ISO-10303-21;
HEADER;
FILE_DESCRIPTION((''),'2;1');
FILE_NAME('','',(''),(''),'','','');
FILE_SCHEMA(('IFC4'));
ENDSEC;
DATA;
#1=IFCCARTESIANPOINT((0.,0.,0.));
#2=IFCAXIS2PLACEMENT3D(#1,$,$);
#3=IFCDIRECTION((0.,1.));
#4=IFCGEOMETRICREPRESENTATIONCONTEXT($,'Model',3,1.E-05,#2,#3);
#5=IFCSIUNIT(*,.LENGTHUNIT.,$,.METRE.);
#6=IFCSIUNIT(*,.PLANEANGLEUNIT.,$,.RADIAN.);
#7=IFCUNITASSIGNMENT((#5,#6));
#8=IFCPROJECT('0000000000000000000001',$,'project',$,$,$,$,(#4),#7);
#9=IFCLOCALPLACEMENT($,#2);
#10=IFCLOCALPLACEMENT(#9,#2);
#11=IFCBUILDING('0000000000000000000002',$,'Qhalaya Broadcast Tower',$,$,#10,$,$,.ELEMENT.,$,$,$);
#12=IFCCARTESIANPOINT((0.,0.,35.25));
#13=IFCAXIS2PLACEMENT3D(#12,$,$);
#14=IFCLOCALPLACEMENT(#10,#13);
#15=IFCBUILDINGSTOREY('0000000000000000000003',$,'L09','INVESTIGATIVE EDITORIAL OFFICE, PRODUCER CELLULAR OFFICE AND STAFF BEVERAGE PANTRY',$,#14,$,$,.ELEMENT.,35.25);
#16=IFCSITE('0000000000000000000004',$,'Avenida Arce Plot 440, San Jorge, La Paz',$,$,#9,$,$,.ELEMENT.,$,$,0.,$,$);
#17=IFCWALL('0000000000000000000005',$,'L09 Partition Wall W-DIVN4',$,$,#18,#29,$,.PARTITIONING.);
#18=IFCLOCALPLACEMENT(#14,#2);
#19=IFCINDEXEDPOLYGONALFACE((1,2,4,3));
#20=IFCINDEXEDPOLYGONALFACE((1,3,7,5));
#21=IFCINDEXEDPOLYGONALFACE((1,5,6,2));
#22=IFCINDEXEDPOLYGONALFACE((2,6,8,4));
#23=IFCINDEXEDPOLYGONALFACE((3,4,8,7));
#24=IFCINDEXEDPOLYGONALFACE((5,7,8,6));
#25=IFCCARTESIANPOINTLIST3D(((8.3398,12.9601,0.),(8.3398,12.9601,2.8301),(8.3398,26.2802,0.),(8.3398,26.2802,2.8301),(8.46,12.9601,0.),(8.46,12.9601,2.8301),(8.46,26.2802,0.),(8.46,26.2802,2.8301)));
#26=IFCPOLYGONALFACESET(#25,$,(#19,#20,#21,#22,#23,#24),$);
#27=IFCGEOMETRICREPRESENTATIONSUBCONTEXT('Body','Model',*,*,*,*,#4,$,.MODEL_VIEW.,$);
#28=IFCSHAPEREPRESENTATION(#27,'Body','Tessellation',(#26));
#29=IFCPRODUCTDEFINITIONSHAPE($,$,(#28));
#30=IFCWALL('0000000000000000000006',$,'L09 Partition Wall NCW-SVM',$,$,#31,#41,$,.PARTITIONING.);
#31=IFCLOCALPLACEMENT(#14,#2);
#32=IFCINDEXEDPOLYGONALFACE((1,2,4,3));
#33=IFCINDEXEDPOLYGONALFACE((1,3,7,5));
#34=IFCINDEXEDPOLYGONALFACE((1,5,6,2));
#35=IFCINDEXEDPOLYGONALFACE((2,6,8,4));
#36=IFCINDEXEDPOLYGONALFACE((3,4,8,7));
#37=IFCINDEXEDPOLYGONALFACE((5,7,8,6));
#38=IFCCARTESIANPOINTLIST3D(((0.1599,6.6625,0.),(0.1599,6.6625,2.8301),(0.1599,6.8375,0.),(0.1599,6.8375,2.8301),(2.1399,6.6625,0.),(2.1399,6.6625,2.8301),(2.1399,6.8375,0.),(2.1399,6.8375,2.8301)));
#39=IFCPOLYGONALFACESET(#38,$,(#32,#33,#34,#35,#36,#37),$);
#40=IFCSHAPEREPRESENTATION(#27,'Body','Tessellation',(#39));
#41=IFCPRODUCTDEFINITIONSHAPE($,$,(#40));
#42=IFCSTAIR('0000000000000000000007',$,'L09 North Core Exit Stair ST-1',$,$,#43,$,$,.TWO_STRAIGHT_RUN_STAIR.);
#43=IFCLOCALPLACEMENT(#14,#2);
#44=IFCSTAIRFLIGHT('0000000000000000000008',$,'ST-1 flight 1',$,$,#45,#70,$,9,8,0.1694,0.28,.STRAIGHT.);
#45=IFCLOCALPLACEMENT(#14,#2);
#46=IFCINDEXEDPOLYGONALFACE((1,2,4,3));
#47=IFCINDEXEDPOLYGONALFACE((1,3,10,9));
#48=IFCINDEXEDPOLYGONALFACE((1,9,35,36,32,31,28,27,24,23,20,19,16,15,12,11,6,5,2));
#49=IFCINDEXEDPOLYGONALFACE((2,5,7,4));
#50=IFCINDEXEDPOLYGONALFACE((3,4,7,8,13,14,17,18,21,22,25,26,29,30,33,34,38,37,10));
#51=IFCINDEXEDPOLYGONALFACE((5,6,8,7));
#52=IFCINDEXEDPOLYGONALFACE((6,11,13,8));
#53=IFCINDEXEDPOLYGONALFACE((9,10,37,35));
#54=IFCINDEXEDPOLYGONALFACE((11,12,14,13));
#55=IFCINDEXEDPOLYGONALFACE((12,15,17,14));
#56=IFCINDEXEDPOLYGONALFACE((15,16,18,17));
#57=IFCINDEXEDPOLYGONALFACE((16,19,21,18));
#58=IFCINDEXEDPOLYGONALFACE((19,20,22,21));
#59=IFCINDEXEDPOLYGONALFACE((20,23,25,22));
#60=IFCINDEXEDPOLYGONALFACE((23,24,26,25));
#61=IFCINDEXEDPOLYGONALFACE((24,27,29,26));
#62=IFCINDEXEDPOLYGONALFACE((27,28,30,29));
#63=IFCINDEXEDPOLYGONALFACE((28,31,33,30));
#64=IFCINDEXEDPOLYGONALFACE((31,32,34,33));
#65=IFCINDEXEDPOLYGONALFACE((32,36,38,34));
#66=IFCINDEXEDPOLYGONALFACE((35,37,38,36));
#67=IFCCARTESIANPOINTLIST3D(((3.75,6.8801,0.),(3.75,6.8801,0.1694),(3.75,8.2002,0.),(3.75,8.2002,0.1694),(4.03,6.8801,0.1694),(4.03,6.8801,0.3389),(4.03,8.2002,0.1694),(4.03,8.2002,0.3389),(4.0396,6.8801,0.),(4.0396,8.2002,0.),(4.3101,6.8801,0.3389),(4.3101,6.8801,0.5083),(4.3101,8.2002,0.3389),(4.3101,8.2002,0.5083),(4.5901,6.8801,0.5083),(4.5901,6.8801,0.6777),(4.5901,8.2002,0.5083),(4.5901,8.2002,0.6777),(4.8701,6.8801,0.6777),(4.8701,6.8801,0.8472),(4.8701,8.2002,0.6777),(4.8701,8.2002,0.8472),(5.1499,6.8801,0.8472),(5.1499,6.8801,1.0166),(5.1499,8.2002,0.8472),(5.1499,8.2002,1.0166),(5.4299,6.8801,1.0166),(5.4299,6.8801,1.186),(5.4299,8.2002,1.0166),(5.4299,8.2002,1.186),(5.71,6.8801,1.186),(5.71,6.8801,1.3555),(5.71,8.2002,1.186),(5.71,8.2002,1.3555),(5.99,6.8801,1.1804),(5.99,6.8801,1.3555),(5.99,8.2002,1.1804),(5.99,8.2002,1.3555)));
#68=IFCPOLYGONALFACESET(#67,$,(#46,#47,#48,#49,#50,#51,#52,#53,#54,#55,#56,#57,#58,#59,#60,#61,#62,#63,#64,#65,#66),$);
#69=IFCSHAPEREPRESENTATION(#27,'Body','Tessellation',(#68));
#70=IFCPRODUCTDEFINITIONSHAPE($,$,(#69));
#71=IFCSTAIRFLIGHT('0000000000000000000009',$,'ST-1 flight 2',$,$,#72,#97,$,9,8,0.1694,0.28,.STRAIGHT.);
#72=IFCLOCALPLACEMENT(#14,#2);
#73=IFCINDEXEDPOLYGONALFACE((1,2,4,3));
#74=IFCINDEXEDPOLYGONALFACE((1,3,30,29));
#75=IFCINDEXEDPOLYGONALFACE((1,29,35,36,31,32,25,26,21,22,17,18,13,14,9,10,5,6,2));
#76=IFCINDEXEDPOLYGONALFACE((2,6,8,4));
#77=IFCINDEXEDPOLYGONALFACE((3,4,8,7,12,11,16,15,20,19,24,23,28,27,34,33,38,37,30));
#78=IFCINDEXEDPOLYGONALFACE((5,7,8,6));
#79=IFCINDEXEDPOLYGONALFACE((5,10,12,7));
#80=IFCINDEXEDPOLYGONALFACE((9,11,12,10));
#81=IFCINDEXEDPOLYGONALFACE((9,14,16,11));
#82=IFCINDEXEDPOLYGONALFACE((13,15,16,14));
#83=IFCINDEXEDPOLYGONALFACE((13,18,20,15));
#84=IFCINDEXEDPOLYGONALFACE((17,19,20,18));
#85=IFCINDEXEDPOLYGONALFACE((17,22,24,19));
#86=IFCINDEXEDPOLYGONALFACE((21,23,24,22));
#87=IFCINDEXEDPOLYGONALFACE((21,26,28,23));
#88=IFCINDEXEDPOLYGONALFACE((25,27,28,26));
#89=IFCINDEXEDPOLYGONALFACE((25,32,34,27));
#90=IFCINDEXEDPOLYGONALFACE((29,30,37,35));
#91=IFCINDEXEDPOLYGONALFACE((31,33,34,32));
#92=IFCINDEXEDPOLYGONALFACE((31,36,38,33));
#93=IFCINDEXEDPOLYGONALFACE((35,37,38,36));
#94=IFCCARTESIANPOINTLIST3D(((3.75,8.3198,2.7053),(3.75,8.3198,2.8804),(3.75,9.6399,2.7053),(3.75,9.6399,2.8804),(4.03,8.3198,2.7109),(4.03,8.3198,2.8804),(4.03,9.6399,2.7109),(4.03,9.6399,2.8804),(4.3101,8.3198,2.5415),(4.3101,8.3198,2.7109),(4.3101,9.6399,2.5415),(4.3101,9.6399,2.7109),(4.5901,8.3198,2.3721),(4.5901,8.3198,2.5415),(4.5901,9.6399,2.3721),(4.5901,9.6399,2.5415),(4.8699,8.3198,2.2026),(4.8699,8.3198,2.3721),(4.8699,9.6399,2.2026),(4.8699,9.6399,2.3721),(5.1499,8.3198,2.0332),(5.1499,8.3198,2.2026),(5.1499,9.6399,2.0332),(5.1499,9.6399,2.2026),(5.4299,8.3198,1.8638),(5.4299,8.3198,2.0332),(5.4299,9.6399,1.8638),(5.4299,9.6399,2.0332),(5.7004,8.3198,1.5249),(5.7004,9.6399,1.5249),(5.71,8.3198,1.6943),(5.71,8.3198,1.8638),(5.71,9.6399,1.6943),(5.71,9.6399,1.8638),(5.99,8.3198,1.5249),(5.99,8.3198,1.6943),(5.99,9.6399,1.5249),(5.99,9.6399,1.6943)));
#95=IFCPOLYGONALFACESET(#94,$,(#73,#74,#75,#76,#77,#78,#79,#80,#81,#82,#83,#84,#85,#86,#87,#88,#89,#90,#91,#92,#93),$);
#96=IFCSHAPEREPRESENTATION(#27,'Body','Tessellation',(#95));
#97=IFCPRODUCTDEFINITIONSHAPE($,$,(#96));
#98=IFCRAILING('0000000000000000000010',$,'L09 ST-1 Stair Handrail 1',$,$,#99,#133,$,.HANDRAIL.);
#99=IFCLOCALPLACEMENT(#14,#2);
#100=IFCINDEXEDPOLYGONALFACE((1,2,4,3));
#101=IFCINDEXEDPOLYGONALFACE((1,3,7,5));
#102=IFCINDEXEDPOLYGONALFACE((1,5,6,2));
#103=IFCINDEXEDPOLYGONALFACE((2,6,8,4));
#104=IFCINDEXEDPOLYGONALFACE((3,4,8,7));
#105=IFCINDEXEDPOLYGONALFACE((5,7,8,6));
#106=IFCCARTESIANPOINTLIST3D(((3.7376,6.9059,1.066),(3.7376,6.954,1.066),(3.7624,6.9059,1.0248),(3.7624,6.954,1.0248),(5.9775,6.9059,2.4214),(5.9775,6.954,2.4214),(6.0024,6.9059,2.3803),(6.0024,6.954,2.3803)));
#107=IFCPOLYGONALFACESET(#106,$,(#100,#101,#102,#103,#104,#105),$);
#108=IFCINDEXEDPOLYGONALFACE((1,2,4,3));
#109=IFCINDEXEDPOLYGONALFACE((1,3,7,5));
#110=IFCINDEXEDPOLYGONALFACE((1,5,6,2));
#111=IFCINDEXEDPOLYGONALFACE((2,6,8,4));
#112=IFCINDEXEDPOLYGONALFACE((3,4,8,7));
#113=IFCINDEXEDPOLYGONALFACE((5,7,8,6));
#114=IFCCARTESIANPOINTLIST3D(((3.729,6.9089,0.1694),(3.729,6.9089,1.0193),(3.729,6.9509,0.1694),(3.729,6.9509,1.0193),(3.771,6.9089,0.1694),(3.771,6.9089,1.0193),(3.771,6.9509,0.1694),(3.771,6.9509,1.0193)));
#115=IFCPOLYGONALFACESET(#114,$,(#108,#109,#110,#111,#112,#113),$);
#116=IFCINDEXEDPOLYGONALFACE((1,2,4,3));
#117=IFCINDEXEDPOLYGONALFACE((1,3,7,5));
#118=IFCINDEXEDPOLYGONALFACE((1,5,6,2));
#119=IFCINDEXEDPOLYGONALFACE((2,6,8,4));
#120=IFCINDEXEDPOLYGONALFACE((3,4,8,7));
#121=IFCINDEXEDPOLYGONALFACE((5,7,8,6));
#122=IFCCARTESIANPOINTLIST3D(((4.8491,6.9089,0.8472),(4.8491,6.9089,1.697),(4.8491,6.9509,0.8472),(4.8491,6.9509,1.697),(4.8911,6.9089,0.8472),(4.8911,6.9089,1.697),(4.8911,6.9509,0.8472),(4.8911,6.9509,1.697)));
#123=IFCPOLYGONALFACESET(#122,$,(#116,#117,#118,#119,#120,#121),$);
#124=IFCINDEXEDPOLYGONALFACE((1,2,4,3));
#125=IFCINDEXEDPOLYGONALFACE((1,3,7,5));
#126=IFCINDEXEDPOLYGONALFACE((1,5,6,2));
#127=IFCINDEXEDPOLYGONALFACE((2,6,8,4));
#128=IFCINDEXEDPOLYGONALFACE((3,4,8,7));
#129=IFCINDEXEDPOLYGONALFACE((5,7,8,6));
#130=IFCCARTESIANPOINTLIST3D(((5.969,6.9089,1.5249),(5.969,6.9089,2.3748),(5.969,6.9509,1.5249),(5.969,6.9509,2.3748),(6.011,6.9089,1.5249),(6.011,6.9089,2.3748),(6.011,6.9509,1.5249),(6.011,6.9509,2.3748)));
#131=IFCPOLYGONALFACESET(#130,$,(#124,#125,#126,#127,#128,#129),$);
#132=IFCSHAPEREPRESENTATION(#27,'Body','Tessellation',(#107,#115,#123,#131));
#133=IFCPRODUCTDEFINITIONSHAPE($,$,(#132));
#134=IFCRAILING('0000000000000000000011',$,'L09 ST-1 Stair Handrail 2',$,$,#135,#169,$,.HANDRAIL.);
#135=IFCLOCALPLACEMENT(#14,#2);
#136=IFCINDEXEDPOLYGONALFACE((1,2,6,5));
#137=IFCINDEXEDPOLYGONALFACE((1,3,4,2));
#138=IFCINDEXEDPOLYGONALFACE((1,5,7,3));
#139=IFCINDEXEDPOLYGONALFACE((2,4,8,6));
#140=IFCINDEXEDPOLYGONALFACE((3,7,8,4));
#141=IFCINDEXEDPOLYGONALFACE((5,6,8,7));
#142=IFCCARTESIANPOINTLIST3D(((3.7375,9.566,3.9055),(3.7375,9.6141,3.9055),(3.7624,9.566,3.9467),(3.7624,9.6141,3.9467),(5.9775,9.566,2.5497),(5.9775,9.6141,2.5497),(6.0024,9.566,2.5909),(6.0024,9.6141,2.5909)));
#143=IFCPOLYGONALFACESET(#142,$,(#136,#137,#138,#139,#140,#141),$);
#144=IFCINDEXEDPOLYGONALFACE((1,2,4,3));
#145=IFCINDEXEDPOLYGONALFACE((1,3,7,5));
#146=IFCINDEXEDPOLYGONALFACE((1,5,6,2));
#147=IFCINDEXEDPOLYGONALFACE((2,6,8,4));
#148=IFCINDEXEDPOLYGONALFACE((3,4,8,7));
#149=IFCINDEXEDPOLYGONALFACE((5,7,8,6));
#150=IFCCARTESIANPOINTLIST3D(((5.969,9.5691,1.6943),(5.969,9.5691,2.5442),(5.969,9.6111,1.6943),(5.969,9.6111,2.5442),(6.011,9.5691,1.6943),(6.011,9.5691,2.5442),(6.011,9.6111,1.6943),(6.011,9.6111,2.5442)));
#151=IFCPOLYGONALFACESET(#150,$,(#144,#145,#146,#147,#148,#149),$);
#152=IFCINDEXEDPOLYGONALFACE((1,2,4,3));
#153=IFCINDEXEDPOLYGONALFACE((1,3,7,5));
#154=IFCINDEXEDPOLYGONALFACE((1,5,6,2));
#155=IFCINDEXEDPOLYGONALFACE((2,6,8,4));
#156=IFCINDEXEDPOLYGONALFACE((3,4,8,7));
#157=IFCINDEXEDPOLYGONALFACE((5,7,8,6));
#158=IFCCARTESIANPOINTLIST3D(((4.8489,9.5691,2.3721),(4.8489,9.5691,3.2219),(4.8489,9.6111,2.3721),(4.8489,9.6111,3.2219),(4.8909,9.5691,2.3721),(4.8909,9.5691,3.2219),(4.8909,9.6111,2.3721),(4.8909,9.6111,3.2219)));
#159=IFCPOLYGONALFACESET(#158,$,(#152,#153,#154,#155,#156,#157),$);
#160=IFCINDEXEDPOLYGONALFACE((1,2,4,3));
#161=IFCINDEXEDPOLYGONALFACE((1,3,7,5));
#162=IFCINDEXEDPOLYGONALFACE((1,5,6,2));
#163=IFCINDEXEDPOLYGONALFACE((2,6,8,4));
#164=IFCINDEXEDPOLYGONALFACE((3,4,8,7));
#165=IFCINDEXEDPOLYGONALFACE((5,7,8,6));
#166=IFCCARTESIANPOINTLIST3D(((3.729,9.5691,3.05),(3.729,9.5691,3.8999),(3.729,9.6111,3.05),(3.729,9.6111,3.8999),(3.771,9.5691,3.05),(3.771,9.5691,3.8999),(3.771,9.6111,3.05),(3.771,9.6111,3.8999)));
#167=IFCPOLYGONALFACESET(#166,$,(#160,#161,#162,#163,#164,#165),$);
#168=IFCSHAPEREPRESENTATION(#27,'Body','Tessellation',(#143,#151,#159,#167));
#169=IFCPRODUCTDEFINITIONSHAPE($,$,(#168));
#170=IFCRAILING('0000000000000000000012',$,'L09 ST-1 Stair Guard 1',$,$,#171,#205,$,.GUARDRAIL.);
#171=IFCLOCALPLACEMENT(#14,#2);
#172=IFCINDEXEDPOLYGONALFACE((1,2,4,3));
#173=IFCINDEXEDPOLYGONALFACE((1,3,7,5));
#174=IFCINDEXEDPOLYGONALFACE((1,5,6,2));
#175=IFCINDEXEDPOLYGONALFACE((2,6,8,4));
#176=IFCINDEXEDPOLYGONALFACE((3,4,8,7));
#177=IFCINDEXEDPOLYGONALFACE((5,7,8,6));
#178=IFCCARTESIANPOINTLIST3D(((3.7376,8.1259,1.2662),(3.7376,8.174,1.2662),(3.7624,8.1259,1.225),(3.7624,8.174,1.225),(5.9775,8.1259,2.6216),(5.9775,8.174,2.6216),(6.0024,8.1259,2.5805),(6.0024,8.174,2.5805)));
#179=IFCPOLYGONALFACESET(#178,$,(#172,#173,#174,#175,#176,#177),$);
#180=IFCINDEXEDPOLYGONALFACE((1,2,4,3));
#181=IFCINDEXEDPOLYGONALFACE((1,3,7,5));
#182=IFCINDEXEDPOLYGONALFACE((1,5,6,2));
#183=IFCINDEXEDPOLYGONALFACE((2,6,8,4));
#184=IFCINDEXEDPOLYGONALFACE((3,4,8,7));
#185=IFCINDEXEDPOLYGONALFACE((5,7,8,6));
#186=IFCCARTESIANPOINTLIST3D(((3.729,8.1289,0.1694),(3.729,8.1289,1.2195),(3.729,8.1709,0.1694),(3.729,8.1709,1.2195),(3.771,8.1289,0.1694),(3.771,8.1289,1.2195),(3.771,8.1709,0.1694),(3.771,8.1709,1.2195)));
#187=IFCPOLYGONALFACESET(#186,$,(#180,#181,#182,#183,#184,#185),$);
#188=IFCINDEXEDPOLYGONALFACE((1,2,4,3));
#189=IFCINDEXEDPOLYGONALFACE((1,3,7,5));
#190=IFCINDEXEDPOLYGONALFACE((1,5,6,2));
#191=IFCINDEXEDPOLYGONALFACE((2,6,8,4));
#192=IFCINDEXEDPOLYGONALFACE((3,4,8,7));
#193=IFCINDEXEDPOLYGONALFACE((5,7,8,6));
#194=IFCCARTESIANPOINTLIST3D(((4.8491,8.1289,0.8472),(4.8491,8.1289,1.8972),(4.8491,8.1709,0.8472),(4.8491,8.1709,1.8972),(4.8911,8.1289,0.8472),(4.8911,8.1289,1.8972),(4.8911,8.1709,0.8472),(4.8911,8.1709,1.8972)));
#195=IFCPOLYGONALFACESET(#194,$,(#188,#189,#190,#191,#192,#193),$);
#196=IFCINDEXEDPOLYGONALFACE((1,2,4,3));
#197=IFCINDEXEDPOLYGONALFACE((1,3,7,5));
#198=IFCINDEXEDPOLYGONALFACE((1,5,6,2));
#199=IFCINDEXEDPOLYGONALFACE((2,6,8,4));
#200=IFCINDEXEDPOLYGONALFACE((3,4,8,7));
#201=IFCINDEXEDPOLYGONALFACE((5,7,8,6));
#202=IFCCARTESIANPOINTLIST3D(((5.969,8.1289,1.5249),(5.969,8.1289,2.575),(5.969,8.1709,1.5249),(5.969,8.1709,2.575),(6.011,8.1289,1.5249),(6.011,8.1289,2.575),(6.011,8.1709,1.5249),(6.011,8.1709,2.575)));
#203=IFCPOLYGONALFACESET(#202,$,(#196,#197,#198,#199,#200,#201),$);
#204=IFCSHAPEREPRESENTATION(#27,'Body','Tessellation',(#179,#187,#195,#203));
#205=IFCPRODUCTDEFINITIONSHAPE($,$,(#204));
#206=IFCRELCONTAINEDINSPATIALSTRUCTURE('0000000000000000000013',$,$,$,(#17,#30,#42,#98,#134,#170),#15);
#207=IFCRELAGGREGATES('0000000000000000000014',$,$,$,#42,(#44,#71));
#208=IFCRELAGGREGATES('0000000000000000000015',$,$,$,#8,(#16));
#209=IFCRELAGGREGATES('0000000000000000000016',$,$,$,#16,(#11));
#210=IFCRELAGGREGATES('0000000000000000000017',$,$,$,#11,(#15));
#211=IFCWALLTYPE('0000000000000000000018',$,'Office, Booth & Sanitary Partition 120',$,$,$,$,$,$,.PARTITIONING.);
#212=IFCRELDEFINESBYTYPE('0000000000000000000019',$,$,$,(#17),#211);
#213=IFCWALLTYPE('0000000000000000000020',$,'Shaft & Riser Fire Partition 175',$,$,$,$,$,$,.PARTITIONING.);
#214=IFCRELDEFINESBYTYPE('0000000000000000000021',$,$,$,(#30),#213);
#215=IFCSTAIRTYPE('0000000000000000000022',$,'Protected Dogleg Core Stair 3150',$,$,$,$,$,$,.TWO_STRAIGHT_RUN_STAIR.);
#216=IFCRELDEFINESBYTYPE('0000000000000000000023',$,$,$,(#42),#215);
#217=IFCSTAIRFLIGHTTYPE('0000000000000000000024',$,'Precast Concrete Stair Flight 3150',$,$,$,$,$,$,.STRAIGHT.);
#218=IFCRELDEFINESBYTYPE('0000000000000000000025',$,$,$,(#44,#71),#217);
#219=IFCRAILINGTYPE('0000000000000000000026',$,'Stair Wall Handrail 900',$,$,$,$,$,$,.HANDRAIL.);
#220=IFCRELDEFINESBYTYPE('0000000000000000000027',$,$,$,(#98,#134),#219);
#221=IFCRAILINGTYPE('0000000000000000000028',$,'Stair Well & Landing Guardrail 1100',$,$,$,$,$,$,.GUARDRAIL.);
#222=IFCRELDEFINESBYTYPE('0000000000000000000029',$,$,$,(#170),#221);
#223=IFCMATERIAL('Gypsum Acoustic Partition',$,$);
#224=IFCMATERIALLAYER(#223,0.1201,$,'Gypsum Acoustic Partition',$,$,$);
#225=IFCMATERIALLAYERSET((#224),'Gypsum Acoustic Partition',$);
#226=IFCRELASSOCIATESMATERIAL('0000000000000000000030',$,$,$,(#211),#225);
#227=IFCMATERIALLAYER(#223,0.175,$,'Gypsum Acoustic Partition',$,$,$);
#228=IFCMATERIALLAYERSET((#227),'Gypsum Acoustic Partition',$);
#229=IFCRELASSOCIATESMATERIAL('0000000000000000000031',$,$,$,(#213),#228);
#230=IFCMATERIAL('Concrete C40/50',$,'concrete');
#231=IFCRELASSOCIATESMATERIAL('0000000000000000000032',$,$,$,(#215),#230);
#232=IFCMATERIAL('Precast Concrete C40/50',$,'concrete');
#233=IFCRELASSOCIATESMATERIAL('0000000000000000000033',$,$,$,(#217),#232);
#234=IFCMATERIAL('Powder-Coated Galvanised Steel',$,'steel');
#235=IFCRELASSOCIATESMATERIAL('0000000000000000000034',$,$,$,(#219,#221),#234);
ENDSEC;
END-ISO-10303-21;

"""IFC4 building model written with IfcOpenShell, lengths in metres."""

from ifc_helpers import new_model, si_unit, direction, frame, frame_2d, origin, origin_2d, place, context, subcontext, project, spatial, polyline, rectangle, outline, extrude, material, layer, layer_set, type_object, element, aggregate, save


model = new_model("IFC4")

# Units and contexts
model_context = context("Model", 3, precision=1e-05, world=origin(), true_north=direction((0.0, 1.0)))
body_context = subcontext(model_context, "Body", "Model", "MODEL_VIEW")
ifc_project = project(units=[si_unit("LENGTHUNIT", "METRE"), si_unit("PLANEANGLEUNIT", "RADIAN")], contexts=[model_context])

# Site, building, storey
site_placement = place(None, origin())
site = spatial("IfcSite", under=ifc_project, at=site_placement, Name="Avenida Arce Plot 440, San Jorge, La Paz", CompositionType="ELEMENT", RefElevation=0.0)
building_placement = place(site_placement, origin())
building = spatial("IfcBuilding", under=site, at=building_placement, Name="Qhalaya Broadcast Tower", CompositionType="ELEMENT")
storey_placement = place(building_placement, frame((0.0, 0.0, 35.25)))
storey = spatial("IfcBuildingStorey", under=building, at=storey_placement, Name="L09", Description="INVESTIGATIVE EDITORIAL OFFICE, PRODUCER CELLULAR OFFICE AND STAFF BEVERAGE PANTRY", CompositionType="ELEMENT", Elevation=35.25)

# Shared definitions
ifc_material_1 = material(Name="Gypsum Acoustic Partition")

# Shared definitions
ifc_material_2 = material(Name="Precast Concrete C40/50", Category="concrete")

# Wall
ifc_layer_1 = layer(ifc_material_1, 0.1201, Name="Gypsum Acoustic Partition")
ifc_layer_set_1 = layer_set([ifc_layer_1], Name="Gypsum Acoustic Partition")
wall_type_1 = type_object("IfcWallType", Name="Office, Booth & Sanitary Partition 120", PredefinedType="PARTITIONING", material=ifc_layer_set_1)
wall_1_placement = place(storey_placement, frame((8.3999, 12.96, 0.0), z_axis=(0.0, 0.0, 1.0), x_axis=(0.0, 1.0, 0.0)))
element("IfcWall", 1, at=wall_1_placement, inside=storey, type_object=wall_type_1, Name="L09 Partition Wall W-DIVN4", PredefinedType="PARTITIONING", context=body_context, shape_type="SweptSolid", body=[
    extrude(rectangle(XDim=13.3201, YDim=0.1201, at=frame_2d((6.6602, 0.0))), origin(), (0.0, 0.0, 1.0), 2.8301),
])

# Shared definitions
ifc_layer_2 = layer(ifc_material_1, 0.175, Name="Gypsum Acoustic Partition")
ifc_layer_set_2 = layer_set([ifc_layer_2], Name="Gypsum Acoustic Partition")
wall_type_2 = type_object("IfcWallType", Name="Shaft & Riser Fire Partition 175", PredefinedType="PARTITIONING", material=ifc_layer_set_2)

# Wall
wall_2_placement = place(storey_placement, frame((0.1599, 6.75, 0.0), z_axis=(0.0, 0.0, 1.0), x_axis=(1.0, 0.0, 0.0)))
element("IfcWall", 2, at=wall_2_placement, inside=storey, type_object=wall_type_2, Name="L09 Partition Wall NCW-SVM", PredefinedType="PARTITIONING", context=body_context, shape_type="SweptSolid", body=[
    extrude(rectangle(XDim=1.98, YDim=0.175, at=frame_2d((0.99, 0.0))), origin(), (0.0, 0.0, 1.0), 2.8301),
])

# Stair, stair flights
ifc_material_3 = material(Name="Concrete C40/50", Category="concrete")
stair_type = type_object("IfcStairType", Name="Protected Dogleg Core Stair 3150", PredefinedType="TWO_STRAIGHT_RUN_STAIR", material=ifc_material_3)
stair_placement = place(storey_placement, origin())
stair = element("IfcStair", 3, at=stair_placement, inside=storey, type_object=stair_type, Name="L09 North Core Exit Stair ST-1", PredefinedType="TWO_STRAIGHT_RUN_STAIR")
stair_flight_type = type_object("IfcStairFlightType", Name="Precast Concrete Stair Flight 3150", PredefinedType="STRAIGHT", material=ifc_material_2)
stair_flight_1_placement = place(storey_placement, frame((3.75, 7.54, 0.0), z_axis=(0.0, 0.0, 1.0), x_axis=(1.0, 0.0, 0.0)))
stair_flight_1 = element("IfcStairFlight", 4, at=stair_flight_1_placement, type_object=stair_flight_type, Name="ST-1 flight 1", NumberOfRisers=9, NumberOfTreads=8, PredefinedType="STRAIGHT", RiserHeight=0.1694, TreadLength=0.28, context=body_context, shape_type="SweptSolid", body=[
    extrude(outline(polyline([(0.0, 0.0), (0.0, 0.1694), (0.28, 0.1694), (0.28, 0.3389), (0.5601, 0.3389), (0.5601, 0.5083), (0.8401, 0.5083), (0.8401, 0.6777), (1.1201, 0.6777), (1.1201, 0.8472), (1.3999, 0.8472), (1.3999, 1.0166), (1.6799, 1.0166), (1.6799, 1.186), (1.96, 1.186), (1.96, 1.3555), (2.24, 1.3555), (2.24, 1.5249), (2.24, 1.1804), (0.2896, 0.0), (0.0, 0.0)])), frame((0.0, 0.6602, 0.0), z_axis=(0.0, -1.0, 0.0), x_axis=(1.0, 0.0, 0.0)), (0.0, 0.0, 1.0), 1.3201),
])
stair_flight_2_placement = place(storey_placement, frame((5.99, 8.98, 1.5249), z_axis=(0.0, 0.0, 1.0), x_axis=(-1.0, 0.0, 0.0)))
stair_flight_2 = element("IfcStairFlight", 5, at=stair_flight_2_placement, type_object=stair_flight_type, Name="ST-1 flight 2", NumberOfRisers=9, NumberOfTreads=8, PredefinedType="STRAIGHT", RiserHeight=0.1694, TreadLength=0.28, context=body_context, shape_type="SweptSolid", body=[
    extrude(outline(polyline([(0.0, 0.0), (0.0, 0.1694), (0.28, 0.1694), (0.28, 0.3389), (0.5601, 0.3389), (0.5601, 0.5083), (0.8401, 0.5083), (0.8401, 0.6777), (1.1201, 0.6777), (1.1201, 0.8472), (1.3999, 0.8472), (1.3999, 1.0166), (1.6799, 1.0166), (1.6799, 1.186), (1.96, 1.186), (1.96, 1.3555), (2.24, 1.3555), (2.24, 1.5249), (2.24, 1.1804), (0.2896, 0.0), (0.0, 0.0)])), frame((0.0, 0.6602, 0.0), z_axis=(0.0, -1.0, 0.0), x_axis=(1.0, 0.0, 0.0)), (0.0, 0.0, 1.0), 1.3201),
])
aggregate(stair, [stair_flight_1, stair_flight_2])

# Railings
ifc_material_4 = material(Name="Powder-Coated Galvanised Steel", Category="steel")
railing_type_1 = type_object("IfcRailingType", Name="Stair Wall Handrail 900", PredefinedType="HANDRAIL", material=ifc_material_4)
railing_1_placement = place(storey_placement, frame((3.75, 6.9299, 0.1694)))
element("IfcRailing", 6, at=railing_1_placement, inside=storey, type_object=railing_type_1, Name="L09 ST-1 Stair Handrail 1", PredefinedType="HANDRAIL", context=body_context, shape_type="SweptSolid", body=[
    extrude(rectangle(XDim=0.0481, YDim=0.0481, at=origin_2d()), frame((0.0, 0.0, 0.876), z_axis=(0.855553, 0.0, 0.517715), x_axis=(0.0, 1.0, 0.0)), (0.0, 0.0, 1.0), 2.6182),
    extrude(rectangle(XDim=0.042, YDim=0.042, at=origin_2d()), origin(), (0.0, 0.0, 1.0), 0.8499),
    extrude(rectangle(XDim=0.042, YDim=0.042, at=origin_2d()), frame((1.1201, 0.0, 0.6777)), (0.0, 0.0, 1.0), 0.8499),
    extrude(rectangle(XDim=0.042, YDim=0.042, at=origin_2d()), frame((2.24, 0.0, 1.3555)), (0.0, 0.0, 1.0), 0.8499),
])
railing_2_placement = place(storey_placement, frame((5.99, 9.5901, 1.6943)))
element("IfcRailing", 7, at=railing_2_placement, inside=storey, type_object=railing_type_1, Name="L09 ST-1 Stair Handrail 2", PredefinedType="HANDRAIL", context=body_context, shape_type="SweptSolid", body=[
    extrude(rectangle(XDim=0.0481, YDim=0.0481, at=origin_2d()), frame((0.0, 0.0, 0.876), z_axis=(-0.855512, 0.0, 0.517783), x_axis=(0.0, -1.0, 0.0)), (0.0, 0.0, 1.0), 2.6184),
    extrude(rectangle(XDim=0.042, YDim=0.042, at=origin_2d()), origin(), (0.0, 0.0, 1.0), 0.8499),
    extrude(rectangle(XDim=0.042, YDim=0.042, at=origin_2d()), frame((-1.1201, 0.0, 0.6777)), (0.0, 0.0, 1.0), 0.8499),
    extrude(rectangle(XDim=0.042, YDim=0.042, at=origin_2d()), frame((-2.24, 0.0, 1.3557)), (0.0, 0.0, 1.0), 0.8499),
])
railing_type_2 = type_object("IfcRailingType", Name="Stair Well & Landing Guardrail 1100", PredefinedType="GUARDRAIL", material=ifc_material_4)
railing_3_placement = place(storey_placement, frame((3.75, 8.1499, 0.1694)))
element("IfcRailing", 8, at=railing_3_placement, inside=storey, type_object=railing_type_2, Name="L09 ST-1 Stair Guard 1", PredefinedType="GUARDRAIL", context=body_context, shape_type="SweptSolid", body=[
    extrude(rectangle(XDim=0.0481, YDim=0.0481, at=origin_2d()), frame((0.0, 0.0, 1.0762), z_axis=(0.855553, 0.0, 0.517715), x_axis=(0.0, 1.0, 0.0)), (0.0, 0.0, 1.0), 2.6182),
    extrude(rectangle(XDim=0.042, YDim=0.042, at=origin_2d()), origin(), (0.0, 0.0, 1.0), 1.05),
    extrude(rectangle(XDim=0.042, YDim=0.042, at=origin_2d()), frame((1.1201, 0.0, 0.6777)), (0.0, 0.0, 1.0), 1.05),
    extrude(rectangle(XDim=0.042, YDim=0.042, at=origin_2d()), frame((2.24, 0.0, 1.3555)), (0.0, 0.0, 1.0), 1.05),
])

save(model, "model.ifc")
